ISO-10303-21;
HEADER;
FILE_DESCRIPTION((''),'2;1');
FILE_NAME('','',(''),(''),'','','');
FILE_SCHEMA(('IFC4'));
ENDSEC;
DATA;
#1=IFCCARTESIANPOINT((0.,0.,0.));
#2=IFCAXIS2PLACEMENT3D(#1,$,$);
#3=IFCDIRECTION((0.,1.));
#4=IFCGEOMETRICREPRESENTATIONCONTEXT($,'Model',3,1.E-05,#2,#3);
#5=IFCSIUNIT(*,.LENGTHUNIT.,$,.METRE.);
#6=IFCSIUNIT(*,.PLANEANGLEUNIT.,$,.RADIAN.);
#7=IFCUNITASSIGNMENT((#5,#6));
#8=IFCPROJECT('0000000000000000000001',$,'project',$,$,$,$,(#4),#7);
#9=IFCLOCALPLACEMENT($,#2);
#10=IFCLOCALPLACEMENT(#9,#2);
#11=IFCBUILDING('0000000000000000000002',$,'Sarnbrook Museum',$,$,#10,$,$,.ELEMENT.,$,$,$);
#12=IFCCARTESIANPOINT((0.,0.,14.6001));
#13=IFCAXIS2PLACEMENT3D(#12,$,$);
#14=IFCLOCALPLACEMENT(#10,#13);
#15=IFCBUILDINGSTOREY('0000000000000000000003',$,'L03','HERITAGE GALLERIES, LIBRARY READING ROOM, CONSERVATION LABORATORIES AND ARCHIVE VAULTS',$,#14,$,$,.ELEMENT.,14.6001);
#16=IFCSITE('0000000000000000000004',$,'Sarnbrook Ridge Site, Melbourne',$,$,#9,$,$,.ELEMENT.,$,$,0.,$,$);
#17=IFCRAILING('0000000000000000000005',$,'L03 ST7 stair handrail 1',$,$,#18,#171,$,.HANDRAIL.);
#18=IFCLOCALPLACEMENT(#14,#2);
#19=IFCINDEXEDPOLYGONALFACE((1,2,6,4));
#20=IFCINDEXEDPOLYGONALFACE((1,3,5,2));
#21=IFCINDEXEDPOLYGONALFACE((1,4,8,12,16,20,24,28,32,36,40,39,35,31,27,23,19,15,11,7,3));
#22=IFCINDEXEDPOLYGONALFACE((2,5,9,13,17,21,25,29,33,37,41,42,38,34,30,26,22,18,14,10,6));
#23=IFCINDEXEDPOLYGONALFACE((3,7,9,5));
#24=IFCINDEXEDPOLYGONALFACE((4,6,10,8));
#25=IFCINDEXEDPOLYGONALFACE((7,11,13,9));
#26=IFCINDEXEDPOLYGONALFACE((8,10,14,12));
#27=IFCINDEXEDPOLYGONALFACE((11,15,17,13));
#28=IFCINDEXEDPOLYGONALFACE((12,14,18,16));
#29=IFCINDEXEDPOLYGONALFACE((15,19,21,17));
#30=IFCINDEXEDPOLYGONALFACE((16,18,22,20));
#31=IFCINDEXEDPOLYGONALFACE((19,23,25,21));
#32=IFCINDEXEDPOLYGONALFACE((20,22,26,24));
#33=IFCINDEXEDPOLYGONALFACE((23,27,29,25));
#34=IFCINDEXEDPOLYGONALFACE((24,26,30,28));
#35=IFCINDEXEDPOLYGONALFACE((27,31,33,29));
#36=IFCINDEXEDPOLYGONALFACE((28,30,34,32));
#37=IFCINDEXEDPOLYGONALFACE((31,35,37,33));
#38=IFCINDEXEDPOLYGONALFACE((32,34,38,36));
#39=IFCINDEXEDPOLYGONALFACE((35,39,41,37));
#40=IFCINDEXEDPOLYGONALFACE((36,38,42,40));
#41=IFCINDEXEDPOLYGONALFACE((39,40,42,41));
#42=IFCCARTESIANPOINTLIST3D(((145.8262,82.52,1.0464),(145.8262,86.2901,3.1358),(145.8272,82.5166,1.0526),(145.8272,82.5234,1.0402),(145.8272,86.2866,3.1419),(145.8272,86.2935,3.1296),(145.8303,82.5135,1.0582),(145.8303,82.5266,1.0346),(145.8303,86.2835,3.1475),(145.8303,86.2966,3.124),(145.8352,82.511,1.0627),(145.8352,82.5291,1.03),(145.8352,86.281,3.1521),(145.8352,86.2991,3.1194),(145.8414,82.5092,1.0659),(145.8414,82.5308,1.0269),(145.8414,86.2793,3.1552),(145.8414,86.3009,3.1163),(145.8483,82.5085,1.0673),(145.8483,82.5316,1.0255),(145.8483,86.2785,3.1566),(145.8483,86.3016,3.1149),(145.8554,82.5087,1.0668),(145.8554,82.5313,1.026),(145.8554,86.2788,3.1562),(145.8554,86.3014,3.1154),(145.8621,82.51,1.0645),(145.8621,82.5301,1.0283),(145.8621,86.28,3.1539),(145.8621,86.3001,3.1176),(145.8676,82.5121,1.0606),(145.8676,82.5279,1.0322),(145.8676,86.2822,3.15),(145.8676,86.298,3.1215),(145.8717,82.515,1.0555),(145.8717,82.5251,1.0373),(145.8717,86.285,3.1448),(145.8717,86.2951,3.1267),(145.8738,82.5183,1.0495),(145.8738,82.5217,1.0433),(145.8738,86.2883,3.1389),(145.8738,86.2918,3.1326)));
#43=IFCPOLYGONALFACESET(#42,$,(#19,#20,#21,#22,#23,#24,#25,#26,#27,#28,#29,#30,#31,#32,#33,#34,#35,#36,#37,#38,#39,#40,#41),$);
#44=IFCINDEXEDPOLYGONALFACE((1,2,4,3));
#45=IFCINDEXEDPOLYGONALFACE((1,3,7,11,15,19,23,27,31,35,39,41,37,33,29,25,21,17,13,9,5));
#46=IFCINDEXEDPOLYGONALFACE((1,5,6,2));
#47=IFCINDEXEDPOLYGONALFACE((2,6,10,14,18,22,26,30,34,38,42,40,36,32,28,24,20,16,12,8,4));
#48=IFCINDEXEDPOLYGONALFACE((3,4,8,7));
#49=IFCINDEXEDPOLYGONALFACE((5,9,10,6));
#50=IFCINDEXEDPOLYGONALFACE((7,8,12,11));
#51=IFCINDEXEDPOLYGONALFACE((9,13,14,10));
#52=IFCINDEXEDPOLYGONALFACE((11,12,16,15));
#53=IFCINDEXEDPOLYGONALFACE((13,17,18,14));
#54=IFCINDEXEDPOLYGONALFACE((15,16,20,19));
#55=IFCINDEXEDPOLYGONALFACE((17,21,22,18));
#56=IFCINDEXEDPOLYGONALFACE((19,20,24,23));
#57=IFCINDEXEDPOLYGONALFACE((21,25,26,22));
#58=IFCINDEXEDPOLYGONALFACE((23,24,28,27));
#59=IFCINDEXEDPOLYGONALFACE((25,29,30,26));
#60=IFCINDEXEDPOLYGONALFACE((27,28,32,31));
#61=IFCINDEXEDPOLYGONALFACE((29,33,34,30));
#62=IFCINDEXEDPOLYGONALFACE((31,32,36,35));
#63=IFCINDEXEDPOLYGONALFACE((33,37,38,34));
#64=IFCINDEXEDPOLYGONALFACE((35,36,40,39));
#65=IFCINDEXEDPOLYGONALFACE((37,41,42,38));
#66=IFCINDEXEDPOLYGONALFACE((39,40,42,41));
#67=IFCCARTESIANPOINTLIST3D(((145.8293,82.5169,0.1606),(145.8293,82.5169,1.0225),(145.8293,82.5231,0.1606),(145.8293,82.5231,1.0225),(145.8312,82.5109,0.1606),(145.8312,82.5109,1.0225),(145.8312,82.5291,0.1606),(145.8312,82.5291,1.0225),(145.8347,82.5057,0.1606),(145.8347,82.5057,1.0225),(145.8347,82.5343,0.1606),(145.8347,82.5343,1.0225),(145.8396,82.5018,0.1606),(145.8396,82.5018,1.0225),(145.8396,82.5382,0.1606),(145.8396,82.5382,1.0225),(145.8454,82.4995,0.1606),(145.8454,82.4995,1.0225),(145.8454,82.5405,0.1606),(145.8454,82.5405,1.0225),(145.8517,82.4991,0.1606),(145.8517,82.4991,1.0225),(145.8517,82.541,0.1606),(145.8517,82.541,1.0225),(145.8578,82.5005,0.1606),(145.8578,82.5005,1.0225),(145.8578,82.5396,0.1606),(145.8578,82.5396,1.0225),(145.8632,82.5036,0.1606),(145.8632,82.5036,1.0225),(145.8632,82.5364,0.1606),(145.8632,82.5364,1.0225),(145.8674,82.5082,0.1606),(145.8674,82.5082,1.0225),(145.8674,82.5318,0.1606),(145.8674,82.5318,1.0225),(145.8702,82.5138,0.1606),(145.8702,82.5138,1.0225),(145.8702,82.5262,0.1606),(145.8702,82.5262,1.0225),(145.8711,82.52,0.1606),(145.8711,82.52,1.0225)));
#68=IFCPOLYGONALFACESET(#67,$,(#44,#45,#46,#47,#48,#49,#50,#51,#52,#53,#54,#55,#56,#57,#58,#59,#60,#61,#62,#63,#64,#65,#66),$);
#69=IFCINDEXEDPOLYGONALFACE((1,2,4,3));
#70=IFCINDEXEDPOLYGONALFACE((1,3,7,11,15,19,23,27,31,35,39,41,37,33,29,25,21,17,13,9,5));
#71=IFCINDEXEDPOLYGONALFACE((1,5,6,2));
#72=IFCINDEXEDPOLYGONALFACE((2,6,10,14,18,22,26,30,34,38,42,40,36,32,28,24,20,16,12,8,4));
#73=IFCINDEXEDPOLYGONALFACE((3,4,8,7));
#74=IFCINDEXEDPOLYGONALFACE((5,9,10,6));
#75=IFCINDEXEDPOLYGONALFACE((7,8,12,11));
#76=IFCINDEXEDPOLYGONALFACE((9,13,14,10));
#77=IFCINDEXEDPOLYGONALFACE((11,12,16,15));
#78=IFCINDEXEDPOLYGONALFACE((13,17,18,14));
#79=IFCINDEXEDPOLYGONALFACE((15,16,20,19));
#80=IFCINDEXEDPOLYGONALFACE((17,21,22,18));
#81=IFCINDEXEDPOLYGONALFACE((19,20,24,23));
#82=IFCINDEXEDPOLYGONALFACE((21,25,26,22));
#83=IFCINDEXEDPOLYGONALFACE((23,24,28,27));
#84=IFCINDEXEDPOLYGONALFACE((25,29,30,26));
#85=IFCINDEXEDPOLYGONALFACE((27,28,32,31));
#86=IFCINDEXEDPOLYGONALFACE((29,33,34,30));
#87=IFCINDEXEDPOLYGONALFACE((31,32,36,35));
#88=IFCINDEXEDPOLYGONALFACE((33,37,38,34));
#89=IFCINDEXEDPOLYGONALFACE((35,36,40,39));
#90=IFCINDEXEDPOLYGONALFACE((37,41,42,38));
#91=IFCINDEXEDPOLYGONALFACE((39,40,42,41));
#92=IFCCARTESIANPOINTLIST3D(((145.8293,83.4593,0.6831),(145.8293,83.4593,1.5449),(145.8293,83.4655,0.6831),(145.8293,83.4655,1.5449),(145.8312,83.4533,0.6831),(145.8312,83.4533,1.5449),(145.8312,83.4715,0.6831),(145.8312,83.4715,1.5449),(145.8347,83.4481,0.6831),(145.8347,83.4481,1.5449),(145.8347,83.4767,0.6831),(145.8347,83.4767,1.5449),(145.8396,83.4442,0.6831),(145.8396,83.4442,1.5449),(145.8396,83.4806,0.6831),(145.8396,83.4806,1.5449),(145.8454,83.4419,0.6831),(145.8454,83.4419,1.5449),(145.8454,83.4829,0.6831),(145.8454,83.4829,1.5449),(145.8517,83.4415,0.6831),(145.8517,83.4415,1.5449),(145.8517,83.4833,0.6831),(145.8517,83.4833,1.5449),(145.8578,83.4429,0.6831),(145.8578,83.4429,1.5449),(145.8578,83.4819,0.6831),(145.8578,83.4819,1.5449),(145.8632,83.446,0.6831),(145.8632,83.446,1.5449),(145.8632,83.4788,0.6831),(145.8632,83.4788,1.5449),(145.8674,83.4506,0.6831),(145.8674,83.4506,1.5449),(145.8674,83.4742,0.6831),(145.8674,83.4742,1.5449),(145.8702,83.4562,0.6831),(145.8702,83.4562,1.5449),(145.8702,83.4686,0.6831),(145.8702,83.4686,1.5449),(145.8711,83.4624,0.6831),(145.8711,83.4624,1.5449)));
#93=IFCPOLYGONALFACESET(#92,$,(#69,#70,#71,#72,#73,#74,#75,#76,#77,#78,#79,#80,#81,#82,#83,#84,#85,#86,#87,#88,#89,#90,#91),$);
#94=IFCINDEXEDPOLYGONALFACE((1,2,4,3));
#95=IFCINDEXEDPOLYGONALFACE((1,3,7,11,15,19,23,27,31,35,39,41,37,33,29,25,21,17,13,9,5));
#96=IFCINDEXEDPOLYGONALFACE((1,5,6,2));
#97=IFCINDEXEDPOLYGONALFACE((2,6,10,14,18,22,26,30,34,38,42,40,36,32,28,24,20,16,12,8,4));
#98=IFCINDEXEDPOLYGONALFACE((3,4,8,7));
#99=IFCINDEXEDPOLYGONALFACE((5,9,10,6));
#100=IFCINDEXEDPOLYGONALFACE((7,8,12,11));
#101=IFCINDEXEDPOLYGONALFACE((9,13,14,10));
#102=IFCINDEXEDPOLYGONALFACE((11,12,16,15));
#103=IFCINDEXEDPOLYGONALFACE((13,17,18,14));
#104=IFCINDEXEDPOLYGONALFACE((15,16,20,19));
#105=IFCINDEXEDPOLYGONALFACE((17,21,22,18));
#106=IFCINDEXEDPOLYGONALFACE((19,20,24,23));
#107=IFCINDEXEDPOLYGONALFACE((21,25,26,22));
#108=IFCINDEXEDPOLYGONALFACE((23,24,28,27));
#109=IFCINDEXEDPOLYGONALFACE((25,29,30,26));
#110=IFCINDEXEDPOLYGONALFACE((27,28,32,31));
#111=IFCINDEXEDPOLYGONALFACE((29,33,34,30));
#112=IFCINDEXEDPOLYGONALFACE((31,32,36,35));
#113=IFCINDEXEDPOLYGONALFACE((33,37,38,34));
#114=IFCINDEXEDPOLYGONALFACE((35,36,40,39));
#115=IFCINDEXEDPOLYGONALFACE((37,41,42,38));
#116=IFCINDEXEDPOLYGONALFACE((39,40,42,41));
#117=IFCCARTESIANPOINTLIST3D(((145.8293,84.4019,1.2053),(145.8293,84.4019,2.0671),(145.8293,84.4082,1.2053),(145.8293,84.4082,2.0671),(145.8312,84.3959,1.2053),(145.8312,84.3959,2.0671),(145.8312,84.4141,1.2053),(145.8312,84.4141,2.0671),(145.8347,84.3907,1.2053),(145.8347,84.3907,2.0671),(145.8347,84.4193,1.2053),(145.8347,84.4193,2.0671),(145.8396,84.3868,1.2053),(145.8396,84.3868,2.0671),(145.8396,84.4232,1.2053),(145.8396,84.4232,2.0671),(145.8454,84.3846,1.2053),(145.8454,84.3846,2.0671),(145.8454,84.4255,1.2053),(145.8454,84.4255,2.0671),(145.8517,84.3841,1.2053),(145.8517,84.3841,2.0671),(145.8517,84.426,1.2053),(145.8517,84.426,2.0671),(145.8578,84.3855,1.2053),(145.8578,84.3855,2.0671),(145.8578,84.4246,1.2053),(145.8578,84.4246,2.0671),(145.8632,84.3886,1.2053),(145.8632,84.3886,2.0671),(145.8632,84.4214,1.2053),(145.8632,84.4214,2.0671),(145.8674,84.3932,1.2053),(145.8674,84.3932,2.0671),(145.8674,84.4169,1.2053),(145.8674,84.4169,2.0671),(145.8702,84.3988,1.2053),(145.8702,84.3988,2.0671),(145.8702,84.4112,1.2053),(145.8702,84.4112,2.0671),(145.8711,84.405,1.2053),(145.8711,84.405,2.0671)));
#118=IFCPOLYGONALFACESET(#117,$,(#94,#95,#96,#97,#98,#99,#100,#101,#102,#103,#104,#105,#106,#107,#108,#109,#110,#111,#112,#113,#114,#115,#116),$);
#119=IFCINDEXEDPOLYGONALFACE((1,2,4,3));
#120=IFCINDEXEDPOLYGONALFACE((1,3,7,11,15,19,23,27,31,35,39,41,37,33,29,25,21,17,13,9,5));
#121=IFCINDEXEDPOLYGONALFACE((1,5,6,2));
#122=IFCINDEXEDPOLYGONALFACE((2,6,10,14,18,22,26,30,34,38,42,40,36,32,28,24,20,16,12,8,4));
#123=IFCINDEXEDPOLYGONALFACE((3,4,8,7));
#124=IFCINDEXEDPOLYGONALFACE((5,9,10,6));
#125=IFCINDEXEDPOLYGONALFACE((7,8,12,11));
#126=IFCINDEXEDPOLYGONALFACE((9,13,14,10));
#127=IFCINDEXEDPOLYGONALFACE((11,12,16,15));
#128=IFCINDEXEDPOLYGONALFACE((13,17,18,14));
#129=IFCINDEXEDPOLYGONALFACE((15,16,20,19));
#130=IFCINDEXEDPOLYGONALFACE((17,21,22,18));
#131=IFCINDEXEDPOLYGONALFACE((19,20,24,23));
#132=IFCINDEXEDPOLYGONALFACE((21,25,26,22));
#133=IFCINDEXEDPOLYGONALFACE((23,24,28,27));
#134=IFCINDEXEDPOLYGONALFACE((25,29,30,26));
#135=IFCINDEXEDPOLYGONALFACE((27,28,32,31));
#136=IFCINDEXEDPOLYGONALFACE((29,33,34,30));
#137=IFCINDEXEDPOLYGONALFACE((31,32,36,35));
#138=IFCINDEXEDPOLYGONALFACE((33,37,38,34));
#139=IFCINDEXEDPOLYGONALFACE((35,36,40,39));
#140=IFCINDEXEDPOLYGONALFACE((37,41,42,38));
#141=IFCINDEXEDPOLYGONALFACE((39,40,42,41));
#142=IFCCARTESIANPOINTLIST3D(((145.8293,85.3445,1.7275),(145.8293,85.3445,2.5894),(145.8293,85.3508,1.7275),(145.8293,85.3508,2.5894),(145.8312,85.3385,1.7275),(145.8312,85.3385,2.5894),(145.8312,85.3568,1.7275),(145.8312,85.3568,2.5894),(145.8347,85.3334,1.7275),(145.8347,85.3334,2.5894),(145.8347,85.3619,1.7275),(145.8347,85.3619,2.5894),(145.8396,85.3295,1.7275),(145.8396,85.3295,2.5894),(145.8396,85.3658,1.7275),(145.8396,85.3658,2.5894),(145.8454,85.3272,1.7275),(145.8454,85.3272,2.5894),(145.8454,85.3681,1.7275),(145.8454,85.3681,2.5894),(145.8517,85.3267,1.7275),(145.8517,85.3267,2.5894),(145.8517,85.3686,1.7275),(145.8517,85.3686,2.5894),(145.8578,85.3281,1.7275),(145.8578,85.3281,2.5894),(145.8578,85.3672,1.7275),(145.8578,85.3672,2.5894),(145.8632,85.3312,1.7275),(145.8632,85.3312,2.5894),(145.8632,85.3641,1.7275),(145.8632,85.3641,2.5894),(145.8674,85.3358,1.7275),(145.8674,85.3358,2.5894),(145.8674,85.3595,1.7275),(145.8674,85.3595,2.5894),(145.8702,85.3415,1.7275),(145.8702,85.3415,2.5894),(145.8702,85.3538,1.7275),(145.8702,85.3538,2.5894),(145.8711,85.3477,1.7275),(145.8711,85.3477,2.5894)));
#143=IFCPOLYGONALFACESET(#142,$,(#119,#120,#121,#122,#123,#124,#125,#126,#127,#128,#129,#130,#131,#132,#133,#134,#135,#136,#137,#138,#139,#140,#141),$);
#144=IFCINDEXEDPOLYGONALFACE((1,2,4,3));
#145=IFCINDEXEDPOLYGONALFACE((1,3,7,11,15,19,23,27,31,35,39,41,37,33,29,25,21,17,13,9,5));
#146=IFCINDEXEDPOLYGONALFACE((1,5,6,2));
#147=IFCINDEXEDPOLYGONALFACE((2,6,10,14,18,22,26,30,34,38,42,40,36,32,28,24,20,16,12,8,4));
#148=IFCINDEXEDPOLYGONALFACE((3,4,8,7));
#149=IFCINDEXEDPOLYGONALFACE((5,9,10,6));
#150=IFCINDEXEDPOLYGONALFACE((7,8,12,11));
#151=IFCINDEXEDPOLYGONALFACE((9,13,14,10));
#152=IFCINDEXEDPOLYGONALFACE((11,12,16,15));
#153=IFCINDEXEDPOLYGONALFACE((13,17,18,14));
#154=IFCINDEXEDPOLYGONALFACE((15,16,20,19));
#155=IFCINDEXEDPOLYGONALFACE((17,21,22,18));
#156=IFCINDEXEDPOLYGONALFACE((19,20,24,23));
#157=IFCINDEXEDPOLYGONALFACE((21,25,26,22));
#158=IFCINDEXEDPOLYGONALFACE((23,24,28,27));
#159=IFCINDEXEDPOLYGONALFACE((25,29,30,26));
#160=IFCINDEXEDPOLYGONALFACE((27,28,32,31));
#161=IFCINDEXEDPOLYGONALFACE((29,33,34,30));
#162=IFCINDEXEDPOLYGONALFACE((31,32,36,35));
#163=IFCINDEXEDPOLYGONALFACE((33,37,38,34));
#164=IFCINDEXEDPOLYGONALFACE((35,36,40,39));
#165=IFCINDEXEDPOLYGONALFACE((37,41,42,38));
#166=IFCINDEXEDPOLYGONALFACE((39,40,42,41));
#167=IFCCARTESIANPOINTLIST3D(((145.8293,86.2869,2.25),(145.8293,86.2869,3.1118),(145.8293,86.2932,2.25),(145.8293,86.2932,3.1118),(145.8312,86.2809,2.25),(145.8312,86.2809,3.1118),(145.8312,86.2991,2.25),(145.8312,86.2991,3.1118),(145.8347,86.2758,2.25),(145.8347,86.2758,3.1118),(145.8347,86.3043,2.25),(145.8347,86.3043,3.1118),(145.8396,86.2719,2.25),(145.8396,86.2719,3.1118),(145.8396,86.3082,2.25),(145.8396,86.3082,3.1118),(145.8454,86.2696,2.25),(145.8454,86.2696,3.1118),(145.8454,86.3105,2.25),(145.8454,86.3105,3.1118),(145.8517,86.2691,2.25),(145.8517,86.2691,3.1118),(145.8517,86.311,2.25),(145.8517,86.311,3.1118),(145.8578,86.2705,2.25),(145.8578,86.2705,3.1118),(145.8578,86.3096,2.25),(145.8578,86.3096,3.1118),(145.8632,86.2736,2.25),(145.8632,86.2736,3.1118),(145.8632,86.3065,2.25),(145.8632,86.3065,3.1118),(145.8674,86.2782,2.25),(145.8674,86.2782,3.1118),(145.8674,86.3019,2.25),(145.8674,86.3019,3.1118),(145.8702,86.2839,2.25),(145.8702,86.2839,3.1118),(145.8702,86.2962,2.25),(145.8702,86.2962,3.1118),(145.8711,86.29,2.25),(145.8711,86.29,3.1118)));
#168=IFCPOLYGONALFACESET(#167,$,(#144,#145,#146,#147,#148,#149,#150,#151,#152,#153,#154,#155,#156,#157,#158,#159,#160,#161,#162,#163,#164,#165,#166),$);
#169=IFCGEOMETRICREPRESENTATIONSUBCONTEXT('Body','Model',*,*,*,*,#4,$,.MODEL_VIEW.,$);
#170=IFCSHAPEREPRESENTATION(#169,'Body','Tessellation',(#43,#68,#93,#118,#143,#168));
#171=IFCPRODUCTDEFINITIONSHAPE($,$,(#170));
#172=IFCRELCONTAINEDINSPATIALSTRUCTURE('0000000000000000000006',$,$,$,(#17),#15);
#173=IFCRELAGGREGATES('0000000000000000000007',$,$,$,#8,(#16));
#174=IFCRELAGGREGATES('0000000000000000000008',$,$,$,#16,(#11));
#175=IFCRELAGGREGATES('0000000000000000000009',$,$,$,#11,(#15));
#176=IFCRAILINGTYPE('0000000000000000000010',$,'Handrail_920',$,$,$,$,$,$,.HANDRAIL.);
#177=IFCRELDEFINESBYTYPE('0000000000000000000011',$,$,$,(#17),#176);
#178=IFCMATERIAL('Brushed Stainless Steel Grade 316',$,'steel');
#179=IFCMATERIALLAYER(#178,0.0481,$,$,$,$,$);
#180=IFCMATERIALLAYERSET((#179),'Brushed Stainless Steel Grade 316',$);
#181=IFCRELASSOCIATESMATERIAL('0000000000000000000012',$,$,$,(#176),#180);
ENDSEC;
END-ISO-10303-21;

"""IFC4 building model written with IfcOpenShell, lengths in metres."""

from ifc_helpers import new_model, si_unit, direction, frame, origin, origin_2d, place, context, subcontext, project, spatial, circle, extrude, material, layer, layer_set, type_object, element, save


model = new_model("IFC4")

# Units and contexts
model_context = context("Model", 3, precision=1e-05, world=origin(), true_north=direction((0.0, 1.0)))
body_context = subcontext(model_context, "Body", "Model", "MODEL_VIEW")
ifc_project = project(units=[si_unit("LENGTHUNIT", "METRE"), si_unit("PLANEANGLEUNIT", "RADIAN")], contexts=[model_context])

# Site, building, storey
site_placement = place(None, origin())
site = spatial("IfcSite", under=ifc_project, at=site_placement, Name="Sarnbrook Ridge Site, Melbourne", CompositionType="ELEMENT", RefElevation=0.0)
building_placement = place(site_placement, origin())
building = spatial("IfcBuilding", under=site, at=building_placement, Name="Sarnbrook Museum", CompositionType="ELEMENT")
storey_placement = place(building_placement, frame((0.0, 0.0, 14.6001)))
storey = spatial("IfcBuildingStorey", under=building, at=storey_placement, Name="L03", Description="HERITAGE GALLERIES, LIBRARY READING ROOM, CONSERVATION LABORATORIES AND ARCHIVE VAULTS", CompositionType="ELEMENT", Elevation=14.6001)

# Railing
ifc_material_1 = material(Name="Brushed Stainless Steel Grade 316", Category="steel")
ifc_layer_1 = layer(ifc_material_1, 0.0481)
ifc_layer_set_1 = layer_set([ifc_layer_1], Name="Brushed Stainless Steel Grade 316")
railing_type_1 = type_object("IfcRailingType", Name="Handrail_920", PredefinedType="HANDRAIL", material=ifc_layer_set_1)
railing_1_placement = place(storey_placement, frame((145.8501, 82.52, 0.1606)))
element("IfcRailing", 1, at=railing_1_placement, inside=storey, type_object=railing_type_1, Name="L03 ST7 stair handrail 1", PredefinedType="HANDRAIL", context=body_context, shape_type="SweptSolid", body=[
    extrude(circle(Radius=0.0239, at=origin_2d()), frame((0.0, 0.0, 0.8857), z_axis=(0.0, 0.874659, 0.484739), x_axis=(-1.0, 0.0, 0.0)), (0.0, 0.0, 1.0), 4.3103),
    extrude(circle(Radius=0.021, at=origin_2d()), origin(), (0.0, 0.0, 1.0), 0.8618),
    extrude(circle(Radius=0.021, at=origin_2d()), frame((0.0, 0.9424, 0.5225)), (0.0, 0.0, 1.0), 0.8618),
    extrude(circle(Radius=0.021, at=origin_2d()), frame((0.0, 1.885, 1.0447)), (0.0, 0.0, 1.0), 0.8618),
    extrude(circle(Radius=0.021, at=origin_2d()), frame((0.0, 2.8276, 1.5669)), (0.0, 0.0, 1.0), 0.8618),
    extrude(circle(Radius=0.021, at=origin_2d()), frame((0.0, 3.77, 2.0894)), (0.0, 0.0, 1.0), 0.8618),
])

save(model, "model.ifc")
